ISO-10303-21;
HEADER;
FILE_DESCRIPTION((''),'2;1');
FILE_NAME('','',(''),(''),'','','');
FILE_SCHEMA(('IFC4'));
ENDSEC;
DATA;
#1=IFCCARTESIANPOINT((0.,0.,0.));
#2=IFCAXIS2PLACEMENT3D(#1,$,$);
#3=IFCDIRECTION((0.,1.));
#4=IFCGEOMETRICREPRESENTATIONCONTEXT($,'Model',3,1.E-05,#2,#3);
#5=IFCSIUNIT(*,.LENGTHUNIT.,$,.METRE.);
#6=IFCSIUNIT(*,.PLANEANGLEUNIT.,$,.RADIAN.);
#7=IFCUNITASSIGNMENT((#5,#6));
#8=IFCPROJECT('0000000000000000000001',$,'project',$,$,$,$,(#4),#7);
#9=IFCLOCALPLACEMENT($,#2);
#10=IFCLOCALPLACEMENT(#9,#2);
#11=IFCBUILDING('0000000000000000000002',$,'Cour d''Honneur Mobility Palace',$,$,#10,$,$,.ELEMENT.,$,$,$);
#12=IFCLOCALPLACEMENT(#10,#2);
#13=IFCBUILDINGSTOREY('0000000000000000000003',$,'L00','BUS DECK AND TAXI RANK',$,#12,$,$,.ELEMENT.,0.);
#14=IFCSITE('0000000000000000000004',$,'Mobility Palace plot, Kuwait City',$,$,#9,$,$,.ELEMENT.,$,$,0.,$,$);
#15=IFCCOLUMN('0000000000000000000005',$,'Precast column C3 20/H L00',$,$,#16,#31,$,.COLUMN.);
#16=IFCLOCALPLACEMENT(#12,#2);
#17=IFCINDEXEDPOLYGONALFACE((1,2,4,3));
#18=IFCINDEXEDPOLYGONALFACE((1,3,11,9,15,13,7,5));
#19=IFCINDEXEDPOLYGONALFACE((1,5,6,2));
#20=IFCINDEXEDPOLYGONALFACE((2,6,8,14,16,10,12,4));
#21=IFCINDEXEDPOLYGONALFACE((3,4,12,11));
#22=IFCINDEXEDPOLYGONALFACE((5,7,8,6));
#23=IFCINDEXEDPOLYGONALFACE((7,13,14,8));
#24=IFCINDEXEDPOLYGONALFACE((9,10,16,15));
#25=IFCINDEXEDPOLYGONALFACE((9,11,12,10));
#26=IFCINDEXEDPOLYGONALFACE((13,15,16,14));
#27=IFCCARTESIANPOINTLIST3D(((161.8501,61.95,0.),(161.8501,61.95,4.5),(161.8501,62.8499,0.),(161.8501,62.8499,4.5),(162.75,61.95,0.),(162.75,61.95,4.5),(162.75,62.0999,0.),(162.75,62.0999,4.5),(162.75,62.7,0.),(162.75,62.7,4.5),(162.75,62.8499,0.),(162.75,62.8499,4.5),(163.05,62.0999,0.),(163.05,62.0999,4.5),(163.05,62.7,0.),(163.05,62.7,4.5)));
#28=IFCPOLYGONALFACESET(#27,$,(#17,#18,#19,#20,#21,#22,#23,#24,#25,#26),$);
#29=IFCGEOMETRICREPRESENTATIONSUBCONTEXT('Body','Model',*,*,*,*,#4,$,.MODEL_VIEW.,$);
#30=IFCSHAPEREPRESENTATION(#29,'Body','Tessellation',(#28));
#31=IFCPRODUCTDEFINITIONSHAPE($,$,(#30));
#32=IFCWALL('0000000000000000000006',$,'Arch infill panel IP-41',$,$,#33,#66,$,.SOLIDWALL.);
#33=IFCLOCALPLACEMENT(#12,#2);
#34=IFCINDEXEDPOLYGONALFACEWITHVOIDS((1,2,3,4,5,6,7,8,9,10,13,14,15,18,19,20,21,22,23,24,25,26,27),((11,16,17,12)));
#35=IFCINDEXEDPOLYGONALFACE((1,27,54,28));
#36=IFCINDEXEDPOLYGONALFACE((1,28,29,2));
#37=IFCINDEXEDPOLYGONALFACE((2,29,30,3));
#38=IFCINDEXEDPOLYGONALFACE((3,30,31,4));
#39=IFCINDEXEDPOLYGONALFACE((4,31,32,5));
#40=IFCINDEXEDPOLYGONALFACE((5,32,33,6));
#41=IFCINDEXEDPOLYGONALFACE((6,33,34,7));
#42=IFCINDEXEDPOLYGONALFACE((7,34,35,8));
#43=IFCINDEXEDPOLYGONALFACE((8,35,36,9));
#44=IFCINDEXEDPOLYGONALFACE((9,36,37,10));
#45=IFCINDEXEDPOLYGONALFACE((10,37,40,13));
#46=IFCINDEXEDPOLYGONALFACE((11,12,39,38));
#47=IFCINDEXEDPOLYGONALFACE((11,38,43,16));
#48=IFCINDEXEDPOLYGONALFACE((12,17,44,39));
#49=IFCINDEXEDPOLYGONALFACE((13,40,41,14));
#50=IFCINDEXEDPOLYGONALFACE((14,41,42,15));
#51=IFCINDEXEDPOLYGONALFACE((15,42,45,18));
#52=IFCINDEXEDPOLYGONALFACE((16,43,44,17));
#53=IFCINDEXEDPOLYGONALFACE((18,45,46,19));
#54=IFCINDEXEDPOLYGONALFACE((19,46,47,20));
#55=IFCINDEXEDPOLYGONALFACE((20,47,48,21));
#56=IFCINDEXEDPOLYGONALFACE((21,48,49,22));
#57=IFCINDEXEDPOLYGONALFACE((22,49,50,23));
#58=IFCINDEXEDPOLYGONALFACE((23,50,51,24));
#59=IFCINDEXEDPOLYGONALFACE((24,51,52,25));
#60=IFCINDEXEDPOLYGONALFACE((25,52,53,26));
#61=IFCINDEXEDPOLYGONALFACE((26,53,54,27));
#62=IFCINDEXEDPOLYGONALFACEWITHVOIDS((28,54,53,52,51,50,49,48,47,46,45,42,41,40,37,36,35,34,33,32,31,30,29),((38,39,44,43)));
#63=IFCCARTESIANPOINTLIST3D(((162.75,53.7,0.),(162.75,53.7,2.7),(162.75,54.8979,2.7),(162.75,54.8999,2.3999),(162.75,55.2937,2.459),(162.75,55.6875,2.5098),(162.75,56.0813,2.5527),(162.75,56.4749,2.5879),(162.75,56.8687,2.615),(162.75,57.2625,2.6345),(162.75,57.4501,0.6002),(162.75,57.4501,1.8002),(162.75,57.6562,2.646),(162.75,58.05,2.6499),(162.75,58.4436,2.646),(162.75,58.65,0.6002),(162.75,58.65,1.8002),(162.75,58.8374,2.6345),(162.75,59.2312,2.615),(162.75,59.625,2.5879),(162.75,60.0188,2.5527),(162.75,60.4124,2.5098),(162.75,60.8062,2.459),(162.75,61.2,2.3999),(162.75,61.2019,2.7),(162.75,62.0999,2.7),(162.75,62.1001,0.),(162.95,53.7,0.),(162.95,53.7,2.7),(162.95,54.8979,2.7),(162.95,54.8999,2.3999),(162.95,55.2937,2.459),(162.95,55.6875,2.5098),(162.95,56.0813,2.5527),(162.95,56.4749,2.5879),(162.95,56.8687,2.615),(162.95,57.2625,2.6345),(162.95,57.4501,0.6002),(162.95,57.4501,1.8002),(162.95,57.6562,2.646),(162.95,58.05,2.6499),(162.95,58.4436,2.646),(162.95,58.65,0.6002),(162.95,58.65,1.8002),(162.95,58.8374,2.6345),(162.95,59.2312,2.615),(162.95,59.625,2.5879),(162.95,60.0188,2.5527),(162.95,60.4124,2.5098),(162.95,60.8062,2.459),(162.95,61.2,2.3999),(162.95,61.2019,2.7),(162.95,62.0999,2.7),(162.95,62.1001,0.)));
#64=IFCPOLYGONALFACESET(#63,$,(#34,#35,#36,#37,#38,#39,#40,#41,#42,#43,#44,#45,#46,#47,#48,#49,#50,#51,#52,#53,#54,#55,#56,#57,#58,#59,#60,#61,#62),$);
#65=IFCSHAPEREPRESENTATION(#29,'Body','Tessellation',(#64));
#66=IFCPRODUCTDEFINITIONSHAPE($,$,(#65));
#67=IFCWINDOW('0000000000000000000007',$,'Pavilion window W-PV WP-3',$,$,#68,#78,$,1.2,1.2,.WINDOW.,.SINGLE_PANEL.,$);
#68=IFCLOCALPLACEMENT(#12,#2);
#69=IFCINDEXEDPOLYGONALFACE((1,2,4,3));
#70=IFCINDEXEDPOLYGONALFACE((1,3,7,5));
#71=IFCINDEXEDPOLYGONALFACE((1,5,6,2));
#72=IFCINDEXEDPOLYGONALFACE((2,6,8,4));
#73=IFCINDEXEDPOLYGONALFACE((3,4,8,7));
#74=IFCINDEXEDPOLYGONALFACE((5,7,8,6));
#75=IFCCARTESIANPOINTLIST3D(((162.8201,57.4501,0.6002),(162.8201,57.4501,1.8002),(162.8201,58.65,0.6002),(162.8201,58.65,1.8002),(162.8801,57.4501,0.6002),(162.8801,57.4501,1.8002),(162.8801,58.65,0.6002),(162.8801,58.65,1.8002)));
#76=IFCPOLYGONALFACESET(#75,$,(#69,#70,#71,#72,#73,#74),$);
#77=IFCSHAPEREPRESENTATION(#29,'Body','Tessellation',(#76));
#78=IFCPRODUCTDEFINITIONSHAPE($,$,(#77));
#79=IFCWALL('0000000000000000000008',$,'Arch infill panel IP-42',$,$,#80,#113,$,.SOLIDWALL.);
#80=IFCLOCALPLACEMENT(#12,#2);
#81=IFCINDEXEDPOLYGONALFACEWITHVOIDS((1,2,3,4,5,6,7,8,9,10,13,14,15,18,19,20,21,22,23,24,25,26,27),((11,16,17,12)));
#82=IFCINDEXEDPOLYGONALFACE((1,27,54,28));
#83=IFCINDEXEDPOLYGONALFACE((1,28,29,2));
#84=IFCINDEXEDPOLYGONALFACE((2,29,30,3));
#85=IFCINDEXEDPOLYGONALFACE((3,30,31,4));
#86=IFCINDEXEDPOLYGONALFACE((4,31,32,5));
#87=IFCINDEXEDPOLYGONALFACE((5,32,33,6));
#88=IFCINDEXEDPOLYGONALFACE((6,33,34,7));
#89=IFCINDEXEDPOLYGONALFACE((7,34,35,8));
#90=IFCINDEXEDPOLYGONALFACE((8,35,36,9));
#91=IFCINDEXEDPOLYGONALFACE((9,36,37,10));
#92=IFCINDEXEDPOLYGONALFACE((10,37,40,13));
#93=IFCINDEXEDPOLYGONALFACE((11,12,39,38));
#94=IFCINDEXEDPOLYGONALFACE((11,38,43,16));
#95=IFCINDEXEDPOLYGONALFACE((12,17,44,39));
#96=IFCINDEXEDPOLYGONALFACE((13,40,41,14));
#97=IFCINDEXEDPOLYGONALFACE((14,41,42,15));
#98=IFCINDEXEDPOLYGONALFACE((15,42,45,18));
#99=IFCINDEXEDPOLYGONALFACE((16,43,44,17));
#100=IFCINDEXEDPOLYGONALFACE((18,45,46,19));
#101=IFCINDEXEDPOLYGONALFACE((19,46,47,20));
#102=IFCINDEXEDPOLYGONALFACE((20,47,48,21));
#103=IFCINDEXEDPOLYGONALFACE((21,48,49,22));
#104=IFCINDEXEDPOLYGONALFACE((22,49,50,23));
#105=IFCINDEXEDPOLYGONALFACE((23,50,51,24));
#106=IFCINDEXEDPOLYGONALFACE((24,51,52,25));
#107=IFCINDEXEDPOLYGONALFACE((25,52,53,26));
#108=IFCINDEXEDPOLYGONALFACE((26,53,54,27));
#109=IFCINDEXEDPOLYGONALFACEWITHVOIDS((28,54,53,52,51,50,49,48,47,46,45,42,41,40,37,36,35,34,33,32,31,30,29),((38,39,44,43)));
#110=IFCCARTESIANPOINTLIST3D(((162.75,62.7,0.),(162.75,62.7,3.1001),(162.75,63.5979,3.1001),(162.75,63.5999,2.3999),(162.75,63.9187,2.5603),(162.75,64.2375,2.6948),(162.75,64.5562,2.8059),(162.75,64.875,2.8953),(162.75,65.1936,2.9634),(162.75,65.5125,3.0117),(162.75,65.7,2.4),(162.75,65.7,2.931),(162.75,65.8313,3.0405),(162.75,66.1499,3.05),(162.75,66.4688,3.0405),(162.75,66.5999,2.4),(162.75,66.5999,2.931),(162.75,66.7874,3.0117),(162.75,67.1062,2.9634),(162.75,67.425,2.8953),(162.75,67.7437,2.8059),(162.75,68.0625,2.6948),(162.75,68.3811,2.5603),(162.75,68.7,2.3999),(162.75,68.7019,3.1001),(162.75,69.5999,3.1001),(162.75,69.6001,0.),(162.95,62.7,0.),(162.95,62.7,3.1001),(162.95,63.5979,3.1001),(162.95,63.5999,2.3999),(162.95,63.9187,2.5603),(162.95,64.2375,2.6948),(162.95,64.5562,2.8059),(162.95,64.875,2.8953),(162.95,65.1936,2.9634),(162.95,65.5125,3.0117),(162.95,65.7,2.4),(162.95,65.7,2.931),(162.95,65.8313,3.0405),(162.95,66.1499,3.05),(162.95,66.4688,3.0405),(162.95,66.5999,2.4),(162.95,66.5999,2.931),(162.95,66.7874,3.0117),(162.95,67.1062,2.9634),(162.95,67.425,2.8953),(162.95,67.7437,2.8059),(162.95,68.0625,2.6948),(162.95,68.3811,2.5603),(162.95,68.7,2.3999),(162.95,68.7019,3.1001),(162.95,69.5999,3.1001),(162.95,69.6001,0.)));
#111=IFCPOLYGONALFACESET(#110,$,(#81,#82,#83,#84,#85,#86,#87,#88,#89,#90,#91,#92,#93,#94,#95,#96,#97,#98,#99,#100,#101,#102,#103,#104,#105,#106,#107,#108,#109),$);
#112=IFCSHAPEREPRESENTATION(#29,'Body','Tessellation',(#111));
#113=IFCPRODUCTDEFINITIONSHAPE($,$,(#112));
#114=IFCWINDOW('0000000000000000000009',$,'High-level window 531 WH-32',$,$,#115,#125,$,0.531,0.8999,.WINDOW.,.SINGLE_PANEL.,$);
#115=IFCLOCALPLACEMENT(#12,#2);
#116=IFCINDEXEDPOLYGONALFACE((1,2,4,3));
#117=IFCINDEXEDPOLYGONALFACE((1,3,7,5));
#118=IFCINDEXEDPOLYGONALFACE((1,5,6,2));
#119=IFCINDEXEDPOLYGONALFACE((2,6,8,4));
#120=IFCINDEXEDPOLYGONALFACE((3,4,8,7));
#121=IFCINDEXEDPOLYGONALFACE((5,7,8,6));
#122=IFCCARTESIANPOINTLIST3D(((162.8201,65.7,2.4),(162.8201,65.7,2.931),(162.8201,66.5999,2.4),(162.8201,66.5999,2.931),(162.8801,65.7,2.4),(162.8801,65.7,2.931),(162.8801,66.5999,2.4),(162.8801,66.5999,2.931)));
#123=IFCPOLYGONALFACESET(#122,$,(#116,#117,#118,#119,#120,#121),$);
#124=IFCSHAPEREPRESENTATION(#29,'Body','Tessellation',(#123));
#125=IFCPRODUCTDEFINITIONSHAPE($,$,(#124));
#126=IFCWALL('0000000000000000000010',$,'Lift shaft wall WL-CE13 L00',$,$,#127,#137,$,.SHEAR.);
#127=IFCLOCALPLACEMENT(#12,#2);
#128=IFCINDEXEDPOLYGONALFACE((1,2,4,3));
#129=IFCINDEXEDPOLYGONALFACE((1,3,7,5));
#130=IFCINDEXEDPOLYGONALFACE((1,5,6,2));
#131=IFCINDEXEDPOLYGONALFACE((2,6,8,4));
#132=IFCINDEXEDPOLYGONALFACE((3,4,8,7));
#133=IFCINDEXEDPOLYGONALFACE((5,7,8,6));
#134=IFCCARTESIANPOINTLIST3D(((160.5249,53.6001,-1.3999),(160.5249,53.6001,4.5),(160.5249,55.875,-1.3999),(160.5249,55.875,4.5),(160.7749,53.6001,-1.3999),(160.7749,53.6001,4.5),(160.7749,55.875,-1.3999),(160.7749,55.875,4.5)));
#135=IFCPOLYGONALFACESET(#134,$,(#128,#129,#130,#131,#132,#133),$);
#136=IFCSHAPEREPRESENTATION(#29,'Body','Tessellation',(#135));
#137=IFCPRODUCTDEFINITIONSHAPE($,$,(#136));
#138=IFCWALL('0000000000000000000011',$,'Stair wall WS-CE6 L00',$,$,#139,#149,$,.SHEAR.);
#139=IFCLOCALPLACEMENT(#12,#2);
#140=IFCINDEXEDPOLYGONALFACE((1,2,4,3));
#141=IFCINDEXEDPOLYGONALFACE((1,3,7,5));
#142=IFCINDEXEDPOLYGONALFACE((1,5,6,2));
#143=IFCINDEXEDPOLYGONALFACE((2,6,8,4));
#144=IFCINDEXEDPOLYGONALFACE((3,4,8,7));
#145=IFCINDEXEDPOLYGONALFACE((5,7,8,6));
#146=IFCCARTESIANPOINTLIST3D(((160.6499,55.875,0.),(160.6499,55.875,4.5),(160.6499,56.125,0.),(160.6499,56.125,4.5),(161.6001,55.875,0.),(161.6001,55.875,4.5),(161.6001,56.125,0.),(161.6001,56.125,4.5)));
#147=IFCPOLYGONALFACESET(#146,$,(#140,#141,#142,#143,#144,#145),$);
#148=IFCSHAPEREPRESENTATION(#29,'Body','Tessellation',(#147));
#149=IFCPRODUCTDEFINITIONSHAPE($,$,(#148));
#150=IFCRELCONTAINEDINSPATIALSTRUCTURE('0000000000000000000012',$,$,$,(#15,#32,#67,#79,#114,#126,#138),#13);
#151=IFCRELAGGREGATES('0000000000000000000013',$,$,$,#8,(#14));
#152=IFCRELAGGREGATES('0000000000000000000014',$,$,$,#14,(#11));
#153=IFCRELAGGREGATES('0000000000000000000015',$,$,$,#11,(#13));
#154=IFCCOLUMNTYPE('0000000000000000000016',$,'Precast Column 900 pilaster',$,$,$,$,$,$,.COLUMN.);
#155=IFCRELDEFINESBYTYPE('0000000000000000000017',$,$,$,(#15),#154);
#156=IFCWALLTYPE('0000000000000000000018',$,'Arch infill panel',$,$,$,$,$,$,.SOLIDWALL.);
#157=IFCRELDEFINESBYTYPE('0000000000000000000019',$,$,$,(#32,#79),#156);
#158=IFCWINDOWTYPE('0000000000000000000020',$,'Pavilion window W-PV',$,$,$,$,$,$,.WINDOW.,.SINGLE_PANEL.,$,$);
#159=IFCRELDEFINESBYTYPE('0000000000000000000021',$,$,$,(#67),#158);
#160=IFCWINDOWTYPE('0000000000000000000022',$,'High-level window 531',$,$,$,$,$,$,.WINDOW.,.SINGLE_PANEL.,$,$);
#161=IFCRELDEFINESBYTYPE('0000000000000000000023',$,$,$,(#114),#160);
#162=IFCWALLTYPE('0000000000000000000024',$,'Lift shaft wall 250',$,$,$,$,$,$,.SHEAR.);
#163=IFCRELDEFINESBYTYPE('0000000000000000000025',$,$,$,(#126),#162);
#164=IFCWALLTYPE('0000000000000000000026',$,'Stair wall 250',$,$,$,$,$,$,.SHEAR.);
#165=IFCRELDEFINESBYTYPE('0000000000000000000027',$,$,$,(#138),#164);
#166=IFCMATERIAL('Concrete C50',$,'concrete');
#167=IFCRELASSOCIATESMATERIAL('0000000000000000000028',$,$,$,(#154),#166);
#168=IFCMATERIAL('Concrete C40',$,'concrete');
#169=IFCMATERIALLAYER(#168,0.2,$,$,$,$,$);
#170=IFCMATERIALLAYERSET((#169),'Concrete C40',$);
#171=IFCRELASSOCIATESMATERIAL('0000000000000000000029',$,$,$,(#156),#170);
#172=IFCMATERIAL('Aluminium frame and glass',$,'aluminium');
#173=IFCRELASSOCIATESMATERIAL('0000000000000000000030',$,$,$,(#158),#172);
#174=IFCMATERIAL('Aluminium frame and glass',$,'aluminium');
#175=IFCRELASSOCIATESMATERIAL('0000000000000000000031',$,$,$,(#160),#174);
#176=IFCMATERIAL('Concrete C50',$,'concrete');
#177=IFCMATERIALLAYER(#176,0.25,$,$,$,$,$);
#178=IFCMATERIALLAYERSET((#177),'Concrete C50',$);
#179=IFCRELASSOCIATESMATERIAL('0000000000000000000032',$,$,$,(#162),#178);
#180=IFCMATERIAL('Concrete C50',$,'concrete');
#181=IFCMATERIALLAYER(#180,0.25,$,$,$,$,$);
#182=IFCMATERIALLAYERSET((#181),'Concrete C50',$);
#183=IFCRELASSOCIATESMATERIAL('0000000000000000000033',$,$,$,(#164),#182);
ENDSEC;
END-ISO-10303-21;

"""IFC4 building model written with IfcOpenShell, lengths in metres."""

from ifc_helpers import new_model, si_unit, direction, frame, frame_2d, origin, place, context, subcontext, project, spatial, polyline, rectangle, outline, extrude, material, layer, layer_set, material_profile, profile_set, type_object, element, fill, save


model = new_model("IFC4")

# Units and contexts
model_context = context("Model", 3, precision=1e-05, world=origin(), true_north=direction((0.0, 1.0)))
body_context = subcontext(model_context, "Body", "Model", "MODEL_VIEW")
ifc_project = project(units=[si_unit("LENGTHUNIT", "METRE"), si_unit("PLANEANGLEUNIT", "RADIAN")], contexts=[model_context])

# Site, building, storey
site_placement = place(None, origin())
site = spatial("IfcSite", under=ifc_project, at=site_placement, Name="Mobility Palace plot, Kuwait City", CompositionType="ELEMENT", RefElevation=0.0)
building_placement = place(site_placement, origin())
building = spatial("IfcBuilding", under=site, at=building_placement, Name="Cour d'Honneur Mobility Palace", CompositionType="ELEMENT")
storey_placement = place(building_placement, origin())
storey = spatial("IfcBuildingStorey", under=building, at=storey_placement, Name="L00", Description="BUS DECK AND TAXI RANK", CompositionType="ELEMENT", Elevation=0.0)

# Column
ifc_material_1 = material(Name="Concrete C50", Category="concrete")
ifc_material_profile_1 = material_profile(ifc_material_1, outline(polyline([(-0.45, -0.45), (0.45, -0.45), (0.45, -0.3), (0.75, -0.3), (0.75, 0.3), (0.45, 0.3), (0.45, 0.45), (-0.45, 0.45), (-0.45, -0.45)])), Name="PC C900 pilaster")
ifc_profile_set_1 = profile_set([ifc_material_profile_1], Name="Concrete C50")
column_type = type_object("IfcColumnType", Name="Precast Column 900 pilaster", PredefinedType="COLUMN", material=ifc_profile_set_1)
column_placement = place(storey_placement, frame((162.3, 62.3999, 0.0), z_axis=(0.0, 0.0, 1.0), x_axis=(1.0, 0.0, 0.0)))
element("IfcColumn", 1, at=column_placement, inside=storey, type_object=column_type, Name="Precast column C3 20/H L00", PredefinedType="COLUMN", context=body_context, shape_type="SweptSolid", body=[
    extrude(outline(polyline([(-0.45, -0.45), (0.45, -0.45), (0.45, -0.3), (0.75, -0.3), (0.75, 0.3), (0.45, 0.3), (0.45, 0.45), (-0.45, 0.45), (-0.45, -0.45)])), origin(), (0.0, 0.0, 1.0), 4.5),
])

# Walls, openings, windows
ifc_material_2 = material(Name="Concrete C40", Category="concrete")
ifc_layer_1 = layer(ifc_material_2, 0.2)
ifc_layer_set_1 = layer_set([ifc_layer_1], Name="Concrete C40")
wall_type_1 = type_object("IfcWallType", Name="Arch infill panel", PredefinedType="SOLIDWALL", material=ifc_layer_set_1)
wall_1_placement = place(storey_placement, frame((162.8501, 53.7, 0.0), z_axis=(0.0, 0.0, 1.0), x_axis=(0.0, 1.0, 0.0)))
wall_1 = element("IfcWall", 2, at=wall_1_placement, inside=storey, type_object=wall_type_1, Name="Arch infill panel IP-41", PredefinedType="SOLIDWALL", context=body_context, shape_type="SweptSolid", body=[
    extrude(outline(polyline([(0.0, 0.0), (8.4001, 0.0), (8.3999, 2.7), (7.502, 2.7), (7.5, 2.3999), (7.1062, 2.459), (6.7124, 2.5098), (6.3188, 2.5527), (5.925, 2.5879), (5.5312, 2.615), (5.1375, 2.6345), (4.7437, 2.646), (4.3501, 2.6499), (3.9563, 2.646), (3.5625, 2.6345), (3.1687, 2.615), (2.7749, 2.5879), (2.3813, 2.5527), (1.9875, 2.5098), (1.5938, 2.459), (1.2, 2.3999), (1.198, 2.7), (0.0, 2.7), (0.0, 0.0)])), frame((0.0, 0.1001, 0.0), z_axis=(0.0, -1.0, 0.0), x_axis=(1.0, 0.0, 0.0)), (0.0, 0.0, 1.0), 0.2),
])
opening_1_placement = place(wall_1_placement, frame((3.75, 0.0, 0.6001)))
opening_1 = element("IfcOpeningElement", 3, at=opening_1_placement, cuts=wall_1, PredefinedType="OPENING", context=body_context, shape_type="SweptSolid", body=[
    extrude(rectangle(XDim=1.2, YDim=1.2, at=frame_2d((0.6001, 0.6001))), frame((0.0, 0.1099, 0.0), z_axis=(0.0, -1.0, 0.0), x_axis=(1.0, 0.0, 0.0)), (0.0, 0.0, 1.0), 0.22),
])
ifc_material_3 = material(Name="Aluminium frame and glass", Category="aluminium")
window_type_1 = type_object("IfcWindowType", Name="Pavilion window W-PV", PartitioningType="SINGLE_PANEL", PredefinedType="WINDOW", material=ifc_material_3)
window_1_placement = place(opening_1_placement, origin())
window_1 = element("IfcWindow", 4, at=window_1_placement, inside=storey, type_object=window_type_1, Name="Pavilion window W-PV WP-3", OverallHeight=1.2, OverallWidth=1.2, PartitioningType="SINGLE_PANEL", PredefinedType="WINDOW", context=body_context, shape_type="SweptSolid", body=[
    extrude(rectangle(XDim=1.2, YDim=1.2, at=frame_2d((0.6001, 0.6001))), frame((0.0, 0.03, 0.0), z_axis=(0.0, -1.0, 0.0), x_axis=(1.0, 0.0, 0.0)), (0.0, 0.0, 1.0), 0.0601),
])
fill(opening_1, window_1)
wall_2_placement = place(storey_placement, frame((162.8501, 62.7, 0.0), z_axis=(0.0, 0.0, 1.0), x_axis=(0.0, 1.0, 0.0)))
wall_2 = element("IfcWall", 5, at=wall_2_placement, inside=storey, type_object=wall_type_1, Name="Arch infill panel IP-42", PredefinedType="SOLIDWALL", context=body_context, shape_type="SweptSolid", body=[
    extrude(outline(polyline([(0.0, 0.0), (6.9001, 0.0), (6.8999, 3.1001), (6.002, 3.1001), (6.0, 2.3999), (5.6812, 2.5603), (5.3625, 2.6948), (5.0437, 2.8059), (4.7251, 2.8953), (4.4062, 2.9634), (4.0874, 3.0117), (3.7688, 3.0405), (3.45, 3.05), (3.1313, 3.0405), (2.8125, 3.0117), (2.4937, 2.9634), (2.175, 2.8953), (1.8562, 2.8059), (1.5376, 2.6948), (1.2188, 2.5603), (0.8999, 2.3999), (0.8979, 3.1001), (0.0, 3.1001), (0.0, 0.0)])), frame((0.0, 0.1001, 0.0), z_axis=(0.0, -1.0, 0.0), x_axis=(1.0, 0.0, 0.0)), (0.0, 0.0, 1.0), 0.2),
])
opening_2_placement = place(wall_2_placement, frame((3.0, 0.0, 2.3999)))
opening_2 = element("IfcOpeningElement", 6, at=opening_2_placement, cuts=wall_2, PredefinedType="OPENING", context=body_context, shape_type="SweptSolid", body=[
    extrude(rectangle(XDim=0.8999, YDim=0.531, at=frame_2d((0.45, 0.2656))), frame((0.0, 0.1099, 0.0), z_axis=(0.0, -1.0, 0.0), x_axis=(1.0, 0.0, 0.0)), (0.0, 0.0, 1.0), 0.22),
])
ifc_material_4 = material(Name="Aluminium frame and glass", Category="aluminium")
window_type_2 = type_object("IfcWindowType", Name="High-level window 531", PartitioningType="SINGLE_PANEL", PredefinedType="WINDOW", material=ifc_material_4)
window_2_placement = place(opening_2_placement, origin())
window_2 = element("IfcWindow", 7, at=window_2_placement, inside=storey, type_object=window_type_2, Name="High-level window 531 WH-32", OverallHeight=0.531, OverallWidth=0.8999, PartitioningType="SINGLE_PANEL", PredefinedType="WINDOW", context=body_context, shape_type="SweptSolid", body=[
    extrude(rectangle(XDim=0.8999, YDim=0.531, at=frame_2d((0.45, 0.2656))), frame((0.0, 0.03, 0.0), z_axis=(0.0, -1.0, 0.0), x_axis=(1.0, 0.0, 0.0)), (0.0, 0.0, 1.0), 0.0601),
])
fill(opening_2, window_2)

# Walls
ifc_material_5 = material(Name="Concrete C50", Category="concrete")
ifc_layer_2 = layer(ifc_material_5, 0.25)
ifc_layer_set_2 = layer_set([ifc_layer_2], Name="Concrete C50")
wall_type_2 = type_object("IfcWallType", Name="Lift shaft wall 250", PredefinedType="SHEAR", material=ifc_layer_set_2)
wall_3_placement = place(storey_placement, frame((160.6499, 53.6001, -1.3999), z_axis=(0.0, 0.0, 1.0), x_axis=(0.0, 1.0, 0.0)))
element("IfcWall", 8, at=wall_3_placement, inside=storey, type_object=wall_type_2, Name="Lift shaft wall WL-CE13 L00", PredefinedType="SHEAR", context=body_context, shape_type="SweptSolid", body=[
    extrude(rectangle(XDim=2.2749, YDim=0.25, at=frame_2d((1.1375, 0.0))), origin(), (0.0, 0.0, 1.0), 5.8999),
])
ifc_material_6 = material(Name="Concrete C50", Category="concrete")
ifc_layer_3 = layer(ifc_material_6, 0.25)
ifc_layer_set_3 = layer_set([ifc_layer_3], Name="Concrete C50")
wall_type_3 = type_object("IfcWallType", Name="Stair wall 250", PredefinedType="SHEAR", material=ifc_layer_set_3)
wall_4_placement = place(storey_placement, frame((160.6499, 56.0, 0.0), z_axis=(0.0, 0.0, 1.0), x_axis=(1.0, 0.0, 0.0)))
element("IfcWall", 9, at=wall_4_placement, inside=storey, type_object=wall_type_3, Name="Stair wall WS-CE6 L00", PredefinedType="SHEAR", context=body_context, shape_type="SweptSolid", body=[
    extrude(rectangle(XDim=0.9502, YDim=0.25, at=frame_2d((0.4751, 0.0))), origin(), (0.0, 0.0, 1.0), 4.5),
])

save(model, "model.ifc")
